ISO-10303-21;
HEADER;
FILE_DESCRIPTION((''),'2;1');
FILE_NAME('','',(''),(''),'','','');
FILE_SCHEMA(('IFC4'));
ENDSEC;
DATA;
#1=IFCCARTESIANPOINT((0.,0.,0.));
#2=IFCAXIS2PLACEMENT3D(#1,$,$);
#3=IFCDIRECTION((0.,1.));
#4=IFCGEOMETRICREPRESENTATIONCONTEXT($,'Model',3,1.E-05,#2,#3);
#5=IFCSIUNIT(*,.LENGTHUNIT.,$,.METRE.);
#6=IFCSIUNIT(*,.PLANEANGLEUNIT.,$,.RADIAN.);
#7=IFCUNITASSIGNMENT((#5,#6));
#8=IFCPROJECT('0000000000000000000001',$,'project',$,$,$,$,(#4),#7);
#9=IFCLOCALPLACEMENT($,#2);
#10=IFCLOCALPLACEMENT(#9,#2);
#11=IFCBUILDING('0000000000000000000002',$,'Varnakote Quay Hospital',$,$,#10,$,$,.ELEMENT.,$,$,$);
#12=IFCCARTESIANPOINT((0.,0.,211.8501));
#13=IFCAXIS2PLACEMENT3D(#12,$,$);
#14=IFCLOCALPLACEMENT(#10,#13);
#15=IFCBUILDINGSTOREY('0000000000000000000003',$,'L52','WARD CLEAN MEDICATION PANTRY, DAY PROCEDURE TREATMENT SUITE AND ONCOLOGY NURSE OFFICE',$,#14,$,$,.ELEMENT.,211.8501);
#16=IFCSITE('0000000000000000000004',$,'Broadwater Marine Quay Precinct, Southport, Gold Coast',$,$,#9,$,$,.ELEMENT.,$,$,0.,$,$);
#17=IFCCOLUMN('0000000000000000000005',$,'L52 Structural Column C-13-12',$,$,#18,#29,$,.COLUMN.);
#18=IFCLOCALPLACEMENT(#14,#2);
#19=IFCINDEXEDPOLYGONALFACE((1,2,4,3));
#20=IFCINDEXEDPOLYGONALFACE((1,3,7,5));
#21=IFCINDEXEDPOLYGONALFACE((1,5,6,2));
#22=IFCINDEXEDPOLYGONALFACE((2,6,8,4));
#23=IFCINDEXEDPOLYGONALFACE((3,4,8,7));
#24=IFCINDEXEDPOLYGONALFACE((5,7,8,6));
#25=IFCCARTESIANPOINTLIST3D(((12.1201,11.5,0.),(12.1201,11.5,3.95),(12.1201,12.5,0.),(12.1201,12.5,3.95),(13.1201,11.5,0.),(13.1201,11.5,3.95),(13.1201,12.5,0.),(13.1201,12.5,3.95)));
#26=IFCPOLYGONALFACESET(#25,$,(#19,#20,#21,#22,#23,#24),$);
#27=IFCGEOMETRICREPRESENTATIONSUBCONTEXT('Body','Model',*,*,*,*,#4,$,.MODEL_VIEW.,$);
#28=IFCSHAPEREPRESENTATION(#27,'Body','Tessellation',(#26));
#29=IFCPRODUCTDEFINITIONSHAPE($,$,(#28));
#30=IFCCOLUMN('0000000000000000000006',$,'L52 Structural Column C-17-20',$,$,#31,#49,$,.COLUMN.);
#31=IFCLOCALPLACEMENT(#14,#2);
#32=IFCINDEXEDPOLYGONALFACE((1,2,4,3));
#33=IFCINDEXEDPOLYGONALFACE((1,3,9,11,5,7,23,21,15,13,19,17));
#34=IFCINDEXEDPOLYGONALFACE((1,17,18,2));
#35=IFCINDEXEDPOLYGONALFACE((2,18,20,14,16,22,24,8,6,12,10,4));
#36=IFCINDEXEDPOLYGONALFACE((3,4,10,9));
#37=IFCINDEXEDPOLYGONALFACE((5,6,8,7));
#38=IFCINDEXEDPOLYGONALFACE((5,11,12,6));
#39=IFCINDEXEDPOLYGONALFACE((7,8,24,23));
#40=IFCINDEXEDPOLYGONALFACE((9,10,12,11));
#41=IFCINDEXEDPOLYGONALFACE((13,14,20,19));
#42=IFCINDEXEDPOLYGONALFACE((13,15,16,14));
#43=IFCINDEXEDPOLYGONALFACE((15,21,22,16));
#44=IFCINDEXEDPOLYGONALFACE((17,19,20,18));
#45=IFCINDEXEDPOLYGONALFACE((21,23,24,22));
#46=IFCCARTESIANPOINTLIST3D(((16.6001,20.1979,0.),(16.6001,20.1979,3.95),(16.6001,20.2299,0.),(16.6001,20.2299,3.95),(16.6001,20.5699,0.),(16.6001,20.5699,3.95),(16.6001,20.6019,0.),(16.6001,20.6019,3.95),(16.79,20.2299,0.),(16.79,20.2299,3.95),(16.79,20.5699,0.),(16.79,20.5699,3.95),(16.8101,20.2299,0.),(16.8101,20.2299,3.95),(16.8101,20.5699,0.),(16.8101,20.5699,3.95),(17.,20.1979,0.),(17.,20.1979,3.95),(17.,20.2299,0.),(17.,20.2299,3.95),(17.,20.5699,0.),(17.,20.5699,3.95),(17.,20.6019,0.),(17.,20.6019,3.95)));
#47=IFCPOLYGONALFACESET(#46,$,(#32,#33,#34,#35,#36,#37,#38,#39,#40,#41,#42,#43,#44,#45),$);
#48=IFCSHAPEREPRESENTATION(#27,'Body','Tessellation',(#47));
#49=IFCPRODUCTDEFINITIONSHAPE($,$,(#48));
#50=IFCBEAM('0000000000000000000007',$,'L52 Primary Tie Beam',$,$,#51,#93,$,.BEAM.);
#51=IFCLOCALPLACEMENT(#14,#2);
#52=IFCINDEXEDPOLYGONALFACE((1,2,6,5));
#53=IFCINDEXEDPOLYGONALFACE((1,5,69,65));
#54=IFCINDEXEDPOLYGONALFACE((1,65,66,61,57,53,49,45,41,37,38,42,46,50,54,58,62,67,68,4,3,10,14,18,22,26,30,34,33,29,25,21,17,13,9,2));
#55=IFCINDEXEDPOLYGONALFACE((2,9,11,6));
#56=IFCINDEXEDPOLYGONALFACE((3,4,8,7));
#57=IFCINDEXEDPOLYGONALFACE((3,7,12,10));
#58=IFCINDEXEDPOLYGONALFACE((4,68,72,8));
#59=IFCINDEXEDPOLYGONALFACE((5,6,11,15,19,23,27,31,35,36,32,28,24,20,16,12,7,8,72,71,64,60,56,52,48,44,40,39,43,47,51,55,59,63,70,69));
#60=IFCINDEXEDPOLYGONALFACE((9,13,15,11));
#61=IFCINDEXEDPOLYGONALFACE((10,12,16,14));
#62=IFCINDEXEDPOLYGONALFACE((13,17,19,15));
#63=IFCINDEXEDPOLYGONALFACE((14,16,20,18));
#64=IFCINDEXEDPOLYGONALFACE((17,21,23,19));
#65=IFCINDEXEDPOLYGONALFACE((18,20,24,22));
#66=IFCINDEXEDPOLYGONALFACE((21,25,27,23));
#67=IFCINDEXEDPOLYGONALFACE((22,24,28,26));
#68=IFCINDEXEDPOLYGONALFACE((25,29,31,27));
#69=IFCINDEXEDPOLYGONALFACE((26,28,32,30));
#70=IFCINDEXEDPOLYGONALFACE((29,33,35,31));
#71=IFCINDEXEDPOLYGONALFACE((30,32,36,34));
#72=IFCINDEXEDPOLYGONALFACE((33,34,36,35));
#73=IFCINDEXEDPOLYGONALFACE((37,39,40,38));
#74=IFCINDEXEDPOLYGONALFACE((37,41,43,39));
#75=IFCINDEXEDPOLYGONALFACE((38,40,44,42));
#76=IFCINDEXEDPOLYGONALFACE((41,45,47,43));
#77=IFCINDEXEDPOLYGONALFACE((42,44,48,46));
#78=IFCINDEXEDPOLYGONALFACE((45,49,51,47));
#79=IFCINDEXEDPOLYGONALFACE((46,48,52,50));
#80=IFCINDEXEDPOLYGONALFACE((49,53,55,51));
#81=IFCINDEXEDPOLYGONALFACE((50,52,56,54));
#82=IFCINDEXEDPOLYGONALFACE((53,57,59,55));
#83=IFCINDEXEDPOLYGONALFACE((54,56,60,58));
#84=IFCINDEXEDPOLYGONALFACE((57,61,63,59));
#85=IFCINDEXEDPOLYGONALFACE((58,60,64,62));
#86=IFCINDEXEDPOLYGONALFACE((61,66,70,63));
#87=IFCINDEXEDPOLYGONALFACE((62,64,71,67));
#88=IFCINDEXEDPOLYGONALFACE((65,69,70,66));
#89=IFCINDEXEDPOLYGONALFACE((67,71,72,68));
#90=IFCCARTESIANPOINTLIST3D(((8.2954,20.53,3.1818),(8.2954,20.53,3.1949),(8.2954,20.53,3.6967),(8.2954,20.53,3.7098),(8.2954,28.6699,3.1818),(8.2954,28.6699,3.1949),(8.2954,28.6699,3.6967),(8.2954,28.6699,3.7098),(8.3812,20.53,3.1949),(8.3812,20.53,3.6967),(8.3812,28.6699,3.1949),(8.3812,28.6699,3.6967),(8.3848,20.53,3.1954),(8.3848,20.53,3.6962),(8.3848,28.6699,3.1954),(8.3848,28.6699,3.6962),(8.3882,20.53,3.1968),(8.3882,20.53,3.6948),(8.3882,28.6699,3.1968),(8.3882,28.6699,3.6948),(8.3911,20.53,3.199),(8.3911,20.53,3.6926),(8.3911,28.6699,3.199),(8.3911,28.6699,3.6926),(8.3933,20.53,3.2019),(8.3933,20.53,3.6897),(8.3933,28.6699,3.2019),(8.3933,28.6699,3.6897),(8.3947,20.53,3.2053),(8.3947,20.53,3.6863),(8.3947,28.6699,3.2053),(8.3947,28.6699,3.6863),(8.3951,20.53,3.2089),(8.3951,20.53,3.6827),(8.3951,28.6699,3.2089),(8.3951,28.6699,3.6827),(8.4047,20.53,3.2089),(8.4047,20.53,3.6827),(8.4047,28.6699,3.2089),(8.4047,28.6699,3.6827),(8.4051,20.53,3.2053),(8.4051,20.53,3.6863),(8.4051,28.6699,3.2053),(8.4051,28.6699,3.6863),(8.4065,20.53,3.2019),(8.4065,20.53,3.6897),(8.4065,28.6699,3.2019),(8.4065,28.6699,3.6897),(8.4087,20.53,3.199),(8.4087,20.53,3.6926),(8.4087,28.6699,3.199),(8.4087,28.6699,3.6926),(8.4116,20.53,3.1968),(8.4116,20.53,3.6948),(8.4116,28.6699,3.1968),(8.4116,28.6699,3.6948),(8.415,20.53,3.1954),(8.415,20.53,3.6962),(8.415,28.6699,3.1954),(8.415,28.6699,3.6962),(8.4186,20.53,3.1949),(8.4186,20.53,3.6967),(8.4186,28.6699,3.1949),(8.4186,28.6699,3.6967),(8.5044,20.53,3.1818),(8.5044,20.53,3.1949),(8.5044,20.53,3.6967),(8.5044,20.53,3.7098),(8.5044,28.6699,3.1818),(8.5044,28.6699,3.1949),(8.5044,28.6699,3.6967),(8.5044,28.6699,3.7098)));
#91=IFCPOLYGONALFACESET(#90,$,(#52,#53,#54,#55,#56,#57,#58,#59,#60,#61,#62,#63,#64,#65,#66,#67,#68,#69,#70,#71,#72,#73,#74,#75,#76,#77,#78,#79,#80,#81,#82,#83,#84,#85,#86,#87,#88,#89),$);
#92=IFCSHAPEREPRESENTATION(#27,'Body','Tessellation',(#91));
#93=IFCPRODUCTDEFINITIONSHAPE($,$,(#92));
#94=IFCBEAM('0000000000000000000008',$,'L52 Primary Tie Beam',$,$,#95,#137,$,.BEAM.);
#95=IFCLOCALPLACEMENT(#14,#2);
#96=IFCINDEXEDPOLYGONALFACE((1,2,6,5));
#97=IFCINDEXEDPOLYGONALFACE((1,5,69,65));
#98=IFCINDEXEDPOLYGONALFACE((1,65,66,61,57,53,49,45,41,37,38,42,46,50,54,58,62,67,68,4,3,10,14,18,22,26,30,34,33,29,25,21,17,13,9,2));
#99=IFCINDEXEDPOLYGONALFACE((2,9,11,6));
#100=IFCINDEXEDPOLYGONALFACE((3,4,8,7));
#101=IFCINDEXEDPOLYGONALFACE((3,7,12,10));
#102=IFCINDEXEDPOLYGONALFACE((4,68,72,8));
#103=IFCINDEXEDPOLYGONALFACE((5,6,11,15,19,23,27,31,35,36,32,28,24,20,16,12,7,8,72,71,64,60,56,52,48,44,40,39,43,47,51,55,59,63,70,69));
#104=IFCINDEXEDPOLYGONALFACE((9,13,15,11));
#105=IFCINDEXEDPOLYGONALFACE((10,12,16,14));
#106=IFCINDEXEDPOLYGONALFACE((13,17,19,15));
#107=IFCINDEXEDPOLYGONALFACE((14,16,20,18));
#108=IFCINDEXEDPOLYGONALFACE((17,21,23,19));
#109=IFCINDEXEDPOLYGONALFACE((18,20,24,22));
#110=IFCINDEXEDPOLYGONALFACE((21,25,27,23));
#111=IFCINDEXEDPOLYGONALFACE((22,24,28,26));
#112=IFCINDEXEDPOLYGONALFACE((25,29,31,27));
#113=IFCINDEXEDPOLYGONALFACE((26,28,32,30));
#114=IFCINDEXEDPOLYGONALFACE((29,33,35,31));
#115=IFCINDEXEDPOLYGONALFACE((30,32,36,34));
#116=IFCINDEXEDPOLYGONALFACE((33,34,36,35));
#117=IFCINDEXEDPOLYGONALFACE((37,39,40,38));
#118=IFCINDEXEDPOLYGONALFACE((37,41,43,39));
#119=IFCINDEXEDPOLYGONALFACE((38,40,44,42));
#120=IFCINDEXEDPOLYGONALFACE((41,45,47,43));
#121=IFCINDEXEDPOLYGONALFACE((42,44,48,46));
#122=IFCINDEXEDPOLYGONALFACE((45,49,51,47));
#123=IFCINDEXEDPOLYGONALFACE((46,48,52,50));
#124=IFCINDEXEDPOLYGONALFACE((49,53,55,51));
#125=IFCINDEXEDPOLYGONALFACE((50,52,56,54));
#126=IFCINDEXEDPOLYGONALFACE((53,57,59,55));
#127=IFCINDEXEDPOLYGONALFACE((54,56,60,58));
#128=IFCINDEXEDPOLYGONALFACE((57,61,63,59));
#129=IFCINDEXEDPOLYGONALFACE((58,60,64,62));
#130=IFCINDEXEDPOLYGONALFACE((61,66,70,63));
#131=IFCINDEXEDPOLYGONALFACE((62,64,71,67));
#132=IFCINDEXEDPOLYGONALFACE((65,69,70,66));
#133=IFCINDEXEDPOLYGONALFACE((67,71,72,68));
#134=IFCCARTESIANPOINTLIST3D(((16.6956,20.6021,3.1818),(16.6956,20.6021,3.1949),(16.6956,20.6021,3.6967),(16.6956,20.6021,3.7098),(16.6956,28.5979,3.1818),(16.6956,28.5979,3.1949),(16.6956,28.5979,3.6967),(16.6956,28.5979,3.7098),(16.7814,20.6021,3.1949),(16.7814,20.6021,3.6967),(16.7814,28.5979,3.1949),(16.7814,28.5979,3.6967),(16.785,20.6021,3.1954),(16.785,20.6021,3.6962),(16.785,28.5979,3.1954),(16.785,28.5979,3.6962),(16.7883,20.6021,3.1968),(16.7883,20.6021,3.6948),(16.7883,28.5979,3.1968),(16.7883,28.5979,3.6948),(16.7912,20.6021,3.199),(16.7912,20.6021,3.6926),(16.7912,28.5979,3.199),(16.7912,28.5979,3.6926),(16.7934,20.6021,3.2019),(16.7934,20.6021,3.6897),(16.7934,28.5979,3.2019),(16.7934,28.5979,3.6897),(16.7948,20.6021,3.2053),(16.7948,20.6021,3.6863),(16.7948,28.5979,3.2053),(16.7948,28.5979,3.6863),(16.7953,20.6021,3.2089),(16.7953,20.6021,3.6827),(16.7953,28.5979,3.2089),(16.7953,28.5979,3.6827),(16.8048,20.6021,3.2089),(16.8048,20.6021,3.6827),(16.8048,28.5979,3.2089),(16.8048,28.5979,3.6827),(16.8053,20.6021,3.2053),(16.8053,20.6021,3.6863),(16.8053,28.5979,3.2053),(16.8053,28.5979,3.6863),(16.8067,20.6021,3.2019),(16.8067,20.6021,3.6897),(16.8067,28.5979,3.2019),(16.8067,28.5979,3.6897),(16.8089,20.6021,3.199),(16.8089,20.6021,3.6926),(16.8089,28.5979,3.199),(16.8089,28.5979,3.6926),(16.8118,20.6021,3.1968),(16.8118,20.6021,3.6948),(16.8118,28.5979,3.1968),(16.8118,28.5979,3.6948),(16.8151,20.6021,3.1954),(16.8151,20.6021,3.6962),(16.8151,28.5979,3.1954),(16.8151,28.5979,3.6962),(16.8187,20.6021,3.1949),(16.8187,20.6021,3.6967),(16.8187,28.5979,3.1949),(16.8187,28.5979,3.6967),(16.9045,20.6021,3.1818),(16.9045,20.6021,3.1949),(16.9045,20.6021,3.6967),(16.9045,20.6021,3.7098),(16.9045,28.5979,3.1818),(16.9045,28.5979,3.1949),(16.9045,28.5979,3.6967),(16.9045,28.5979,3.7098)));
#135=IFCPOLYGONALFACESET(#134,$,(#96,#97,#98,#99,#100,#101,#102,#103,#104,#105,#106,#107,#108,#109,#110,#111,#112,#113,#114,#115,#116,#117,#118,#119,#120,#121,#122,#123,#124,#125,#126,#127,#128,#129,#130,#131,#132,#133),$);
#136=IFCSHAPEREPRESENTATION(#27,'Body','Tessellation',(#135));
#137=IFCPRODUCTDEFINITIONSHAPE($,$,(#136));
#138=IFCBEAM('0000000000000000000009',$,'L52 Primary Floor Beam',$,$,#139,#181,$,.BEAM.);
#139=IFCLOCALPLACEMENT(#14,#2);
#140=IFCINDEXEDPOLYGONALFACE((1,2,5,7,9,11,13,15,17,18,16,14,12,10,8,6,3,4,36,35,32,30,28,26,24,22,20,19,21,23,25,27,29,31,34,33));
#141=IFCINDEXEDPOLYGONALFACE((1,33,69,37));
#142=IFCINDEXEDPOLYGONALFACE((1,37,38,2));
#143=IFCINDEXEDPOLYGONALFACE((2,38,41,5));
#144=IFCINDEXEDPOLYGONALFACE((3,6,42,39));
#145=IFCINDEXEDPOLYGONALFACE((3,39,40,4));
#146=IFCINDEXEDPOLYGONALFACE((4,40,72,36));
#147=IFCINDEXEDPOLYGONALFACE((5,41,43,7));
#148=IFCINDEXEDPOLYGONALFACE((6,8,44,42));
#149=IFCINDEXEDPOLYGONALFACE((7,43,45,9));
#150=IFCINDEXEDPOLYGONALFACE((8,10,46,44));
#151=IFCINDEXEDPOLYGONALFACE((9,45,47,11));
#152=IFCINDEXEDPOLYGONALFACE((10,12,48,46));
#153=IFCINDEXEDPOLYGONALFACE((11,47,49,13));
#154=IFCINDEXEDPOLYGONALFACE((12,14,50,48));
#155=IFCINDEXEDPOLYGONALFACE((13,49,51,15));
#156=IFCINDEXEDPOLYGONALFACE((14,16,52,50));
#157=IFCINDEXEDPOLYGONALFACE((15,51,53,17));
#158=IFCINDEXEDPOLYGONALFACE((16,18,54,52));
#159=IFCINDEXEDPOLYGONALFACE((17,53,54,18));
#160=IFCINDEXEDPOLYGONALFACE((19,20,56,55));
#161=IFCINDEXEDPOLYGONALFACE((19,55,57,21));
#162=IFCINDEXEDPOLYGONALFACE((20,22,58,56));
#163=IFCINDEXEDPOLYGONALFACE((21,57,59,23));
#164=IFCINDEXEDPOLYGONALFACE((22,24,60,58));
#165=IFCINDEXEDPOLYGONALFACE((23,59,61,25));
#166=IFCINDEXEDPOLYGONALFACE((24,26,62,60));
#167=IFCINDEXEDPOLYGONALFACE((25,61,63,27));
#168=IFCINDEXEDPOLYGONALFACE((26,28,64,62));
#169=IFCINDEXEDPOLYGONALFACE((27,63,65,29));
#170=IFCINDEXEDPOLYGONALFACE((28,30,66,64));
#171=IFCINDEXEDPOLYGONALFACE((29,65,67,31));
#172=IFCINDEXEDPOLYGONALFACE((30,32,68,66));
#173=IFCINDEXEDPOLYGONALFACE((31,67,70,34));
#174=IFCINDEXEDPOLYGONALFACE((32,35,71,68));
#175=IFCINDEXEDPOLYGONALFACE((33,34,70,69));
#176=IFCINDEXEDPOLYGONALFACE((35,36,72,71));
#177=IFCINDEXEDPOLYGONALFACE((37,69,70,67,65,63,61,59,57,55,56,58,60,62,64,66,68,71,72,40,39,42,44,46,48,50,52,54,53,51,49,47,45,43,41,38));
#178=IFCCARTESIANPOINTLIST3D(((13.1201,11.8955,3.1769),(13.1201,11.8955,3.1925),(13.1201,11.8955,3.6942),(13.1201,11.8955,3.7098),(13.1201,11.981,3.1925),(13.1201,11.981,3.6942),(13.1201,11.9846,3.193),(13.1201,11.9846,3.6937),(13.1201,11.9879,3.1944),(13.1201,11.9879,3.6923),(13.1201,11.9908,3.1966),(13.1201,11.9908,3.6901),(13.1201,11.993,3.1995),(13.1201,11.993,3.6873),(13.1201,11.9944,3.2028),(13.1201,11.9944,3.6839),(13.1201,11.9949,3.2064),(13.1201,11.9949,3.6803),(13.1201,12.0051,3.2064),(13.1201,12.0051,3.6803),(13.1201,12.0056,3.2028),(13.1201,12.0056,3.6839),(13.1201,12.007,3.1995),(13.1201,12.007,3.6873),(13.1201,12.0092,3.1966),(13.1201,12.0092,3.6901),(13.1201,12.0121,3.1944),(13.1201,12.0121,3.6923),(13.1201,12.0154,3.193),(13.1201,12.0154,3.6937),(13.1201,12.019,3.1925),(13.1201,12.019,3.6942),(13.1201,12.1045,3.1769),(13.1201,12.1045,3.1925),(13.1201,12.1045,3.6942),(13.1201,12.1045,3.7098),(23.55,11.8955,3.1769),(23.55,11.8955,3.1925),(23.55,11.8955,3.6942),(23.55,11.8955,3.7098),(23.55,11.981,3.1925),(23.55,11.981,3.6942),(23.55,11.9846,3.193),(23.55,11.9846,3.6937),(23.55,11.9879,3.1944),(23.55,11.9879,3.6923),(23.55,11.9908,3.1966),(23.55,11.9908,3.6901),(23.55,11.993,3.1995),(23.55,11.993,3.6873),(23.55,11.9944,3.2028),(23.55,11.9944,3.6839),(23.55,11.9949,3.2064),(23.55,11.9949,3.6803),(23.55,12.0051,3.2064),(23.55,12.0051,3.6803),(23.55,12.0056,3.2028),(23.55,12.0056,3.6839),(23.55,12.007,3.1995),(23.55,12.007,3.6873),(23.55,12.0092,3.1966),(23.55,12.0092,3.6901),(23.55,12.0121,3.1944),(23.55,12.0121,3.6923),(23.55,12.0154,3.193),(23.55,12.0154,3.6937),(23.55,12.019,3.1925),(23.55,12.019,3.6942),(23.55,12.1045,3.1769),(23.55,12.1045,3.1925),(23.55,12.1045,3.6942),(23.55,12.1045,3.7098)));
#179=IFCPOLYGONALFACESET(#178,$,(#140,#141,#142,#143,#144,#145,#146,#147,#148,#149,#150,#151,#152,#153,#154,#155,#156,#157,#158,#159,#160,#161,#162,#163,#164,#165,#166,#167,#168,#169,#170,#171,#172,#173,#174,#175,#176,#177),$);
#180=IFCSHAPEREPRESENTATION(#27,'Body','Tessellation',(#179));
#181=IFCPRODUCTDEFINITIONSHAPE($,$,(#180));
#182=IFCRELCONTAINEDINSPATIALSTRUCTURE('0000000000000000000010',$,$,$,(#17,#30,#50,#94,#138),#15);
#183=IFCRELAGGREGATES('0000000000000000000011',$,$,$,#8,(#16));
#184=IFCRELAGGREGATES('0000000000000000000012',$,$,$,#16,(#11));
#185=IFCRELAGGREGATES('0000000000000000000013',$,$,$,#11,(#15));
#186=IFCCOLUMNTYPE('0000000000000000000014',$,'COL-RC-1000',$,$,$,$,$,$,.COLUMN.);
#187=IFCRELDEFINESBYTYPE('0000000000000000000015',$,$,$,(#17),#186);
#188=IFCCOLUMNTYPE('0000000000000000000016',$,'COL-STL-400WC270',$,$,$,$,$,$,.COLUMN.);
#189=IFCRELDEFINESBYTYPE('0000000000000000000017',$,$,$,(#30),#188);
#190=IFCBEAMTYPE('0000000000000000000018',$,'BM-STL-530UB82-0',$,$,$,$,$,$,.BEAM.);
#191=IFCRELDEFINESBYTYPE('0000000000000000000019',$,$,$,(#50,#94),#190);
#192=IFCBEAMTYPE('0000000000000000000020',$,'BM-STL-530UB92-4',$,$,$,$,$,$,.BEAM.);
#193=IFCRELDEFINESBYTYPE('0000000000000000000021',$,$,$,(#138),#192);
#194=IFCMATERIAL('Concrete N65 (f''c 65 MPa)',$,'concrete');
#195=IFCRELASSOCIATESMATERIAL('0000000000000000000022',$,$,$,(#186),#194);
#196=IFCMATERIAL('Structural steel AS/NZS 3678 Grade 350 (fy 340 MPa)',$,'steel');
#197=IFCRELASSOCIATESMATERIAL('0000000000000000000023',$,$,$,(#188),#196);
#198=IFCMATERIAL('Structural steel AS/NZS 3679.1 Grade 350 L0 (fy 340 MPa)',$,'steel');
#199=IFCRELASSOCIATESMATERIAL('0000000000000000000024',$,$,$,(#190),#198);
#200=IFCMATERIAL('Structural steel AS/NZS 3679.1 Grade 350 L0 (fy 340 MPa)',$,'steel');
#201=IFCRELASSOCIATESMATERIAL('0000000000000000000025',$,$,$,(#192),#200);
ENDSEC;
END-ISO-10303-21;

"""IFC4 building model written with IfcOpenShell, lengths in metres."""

from ifc_helpers import new_model, si_unit, direction, frame, origin, origin_2d, place, context, subcontext, project, spatial, rectangle, i_section, extrude, material, material_profile, profile_set, type_object, element, save


model = new_model("IFC4")

# Units and contexts
model_context = context("Model", 3, precision=1e-05, world=origin(), true_north=direction((0.0, 1.0)))
body_context = subcontext(model_context, "Body", "Model", "MODEL_VIEW")
ifc_project = project(units=[si_unit("LENGTHUNIT", "METRE"), si_unit("PLANEANGLEUNIT", "RADIAN")], contexts=[model_context])

# Site, building, storey
site_placement = place(None, origin())
site = spatial("IfcSite", under=ifc_project, at=site_placement, Name="Broadwater Marine Quay Precinct, Southport, Gold Coast", CompositionType="ELEMENT", RefElevation=0.0)
building_placement = place(site_placement, origin())
building = spatial("IfcBuilding", under=site, at=building_placement, Name="Varnakote Quay Hospital", CompositionType="ELEMENT")
storey_placement = place(building_placement, frame((0.0, 0.0, 211.8501)))
storey = spatial("IfcBuildingStorey", under=building, at=storey_placement, Name="L52", Description="WARD CLEAN MEDICATION PANTRY, DAY PROCEDURE TREATMENT SUITE AND ONCOLOGY NURSE OFFICE", CompositionType="ELEMENT", Elevation=211.8501)

# Columns
ifc_material_1 = material(Name="Concrete N65 (f'c 65 MPa)", Category="concrete")
ifc_material_profile_1 = material_profile(ifc_material_1, rectangle(XDim=1.0, YDim=1.0, at=origin_2d()), Name="RC-COL-1000x1000")
ifc_profile_set_1 = profile_set([ifc_material_profile_1], Name="Concrete N65 (f'c 65 MPa)")
column_type_1 = type_object("IfcColumnType", Name="COL-RC-1000", PredefinedType="COLUMN", material=ifc_profile_set_1)
column_1_placement = place(storey_placement, frame((12.6201, 12.0, 0.0), z_axis=(0.0, 0.0, 1.0), x_axis=(1.0, 0.0, 0.0)))
element("IfcColumn", 1, at=column_1_placement, inside=storey, type_object=column_type_1, Name="L52 Structural Column C-13-12", PredefinedType="COLUMN", context=body_context, shape_type="SweptSolid", body=[
    extrude(rectangle(XDim=1.0, YDim=1.0, at=origin_2d()), origin(), (0.0, 0.0, 1.0), 3.95),
])
ifc_material_2 = material(Name="Structural steel AS/NZS 3678 Grade 350 (fy 340 MPa)", Category="steel")
ifc_material_profile_2 = material_profile(ifc_material_2, i_section(OverallWidth=0.3999, OverallDepth=0.4041, WebThickness=0.02, FlangeThickness=0.032, at=origin_2d()), Name="400WC270")
ifc_profile_set_2 = profile_set([ifc_material_profile_2], Name="Structural steel AS/NZS 3678 Grade 350 (fy 340 MPa)")
column_type_2 = type_object("IfcColumnType", Name="COL-STL-400WC270", PredefinedType="COLUMN", material=ifc_profile_set_2)
column_2_placement = place(storey_placement, frame((16.8, 20.3999, 0.0), z_axis=(0.0, 0.0, 1.0), x_axis=(1.0, 0.0, 0.0)))
element("IfcColumn", 2, at=column_2_placement, inside=storey, type_object=column_type_2, Name="L52 Structural Column C-17-20", PredefinedType="COLUMN", context=body_context, shape_type="SweptSolid", body=[
    extrude(i_section(OverallWidth=0.3999, OverallDepth=0.4041, WebThickness=0.02, FlangeThickness=0.032, at=origin_2d()), origin(), (0.0, 0.0, 1.0), 3.95),
])

# Beams
ifc_material_3 = material(Name="Structural steel AS/NZS 3679.1 Grade 350 L0 (fy 340 MPa)", Category="steel")
ifc_material_profile_3 = material_profile(ifc_material_3, i_section(OverallWidth=0.209, OverallDepth=0.5281, WebThickness=0.0095, FlangeThickness=0.0132, FilletRadius=0.0139, at=origin_2d()), Name="530UB82.0")
ifc_profile_set_3 = profile_set([ifc_material_profile_3], Name="Structural steel AS/NZS 3679.1 Grade 350 L0 (fy 340 MPa)")
beam_type_1 = type_object("IfcBeamType", Name="BM-STL-530UB82-0", PredefinedType="BEAM", material=ifc_profile_set_3)
beam_1_placement = place(storey_placement, frame((8.3999, 20.53, 3.4458), z_axis=(0.0, 1.0, 0.0), x_axis=(-1.0, 0.0, 0.0)))
element("IfcBeam", 3, at=beam_1_placement, inside=storey, type_object=beam_type_1, Name="L52 Primary Tie Beam", PredefinedType="BEAM", context=body_context, shape_type="SweptSolid", body=[
    extrude(i_section(OverallWidth=0.209, OverallDepth=0.5281, WebThickness=0.0095, FlangeThickness=0.0132, FilletRadius=0.0139, at=origin_2d()), origin(), (0.0, 0.0, 1.0), 8.1399),
])
beam_2_placement = place(storey_placement, frame((16.8, 20.6021, 3.4458), z_axis=(0.0, 1.0, 0.0), x_axis=(-1.0, 0.0, 0.0)))
element("IfcBeam", 4, at=beam_2_placement, inside=storey, type_object=beam_type_1, Name="L52 Primary Tie Beam", PredefinedType="BEAM", context=body_context, shape_type="SweptSolid", body=[
    extrude(i_section(OverallWidth=0.209, OverallDepth=0.5281, WebThickness=0.0095, FlangeThickness=0.0132, FilletRadius=0.0139, at=origin_2d()), origin(), (0.0, 0.0, 1.0), 7.9958),
])
ifc_material_4 = material(Name="Structural steel AS/NZS 3679.1 Grade 350 L0 (fy 340 MPa)", Category="steel")
ifc_material_profile_4 = material_profile(ifc_material_4, i_section(OverallWidth=0.209, OverallDepth=0.533, WebThickness=0.0103, FlangeThickness=0.0156, FilletRadius=0.0139, at=origin_2d()), Name="530UB92.4")
ifc_profile_set_4 = profile_set([ifc_material_profile_4], Name="Structural steel AS/NZS 3679.1 Grade 350 L0 (fy 340 MPa)")
beam_type_2 = type_object("IfcBeamType", Name="BM-STL-530UB92-4", PredefinedType="BEAM", material=ifc_profile_set_4)
beam_3_placement = place(storey_placement, frame((13.1201, 12.0, 3.4434), z_axis=(1.0, 0.0, 0.0), x_axis=(0.0, 1.0, 0.0)))
element("IfcBeam", 5, at=beam_3_placement, inside=storey, type_object=beam_type_2, Name="L52 Primary Floor Beam", PredefinedType="BEAM", context=body_context, shape_type="SweptSolid", body=[
    extrude(i_section(OverallWidth=0.209, OverallDepth=0.533, WebThickness=0.0103, FlangeThickness=0.0156, FilletRadius=0.0139, at=origin_2d()), origin(), (0.0, 0.0, 1.0), 10.4299),
])

save(model, "model.ifc")
